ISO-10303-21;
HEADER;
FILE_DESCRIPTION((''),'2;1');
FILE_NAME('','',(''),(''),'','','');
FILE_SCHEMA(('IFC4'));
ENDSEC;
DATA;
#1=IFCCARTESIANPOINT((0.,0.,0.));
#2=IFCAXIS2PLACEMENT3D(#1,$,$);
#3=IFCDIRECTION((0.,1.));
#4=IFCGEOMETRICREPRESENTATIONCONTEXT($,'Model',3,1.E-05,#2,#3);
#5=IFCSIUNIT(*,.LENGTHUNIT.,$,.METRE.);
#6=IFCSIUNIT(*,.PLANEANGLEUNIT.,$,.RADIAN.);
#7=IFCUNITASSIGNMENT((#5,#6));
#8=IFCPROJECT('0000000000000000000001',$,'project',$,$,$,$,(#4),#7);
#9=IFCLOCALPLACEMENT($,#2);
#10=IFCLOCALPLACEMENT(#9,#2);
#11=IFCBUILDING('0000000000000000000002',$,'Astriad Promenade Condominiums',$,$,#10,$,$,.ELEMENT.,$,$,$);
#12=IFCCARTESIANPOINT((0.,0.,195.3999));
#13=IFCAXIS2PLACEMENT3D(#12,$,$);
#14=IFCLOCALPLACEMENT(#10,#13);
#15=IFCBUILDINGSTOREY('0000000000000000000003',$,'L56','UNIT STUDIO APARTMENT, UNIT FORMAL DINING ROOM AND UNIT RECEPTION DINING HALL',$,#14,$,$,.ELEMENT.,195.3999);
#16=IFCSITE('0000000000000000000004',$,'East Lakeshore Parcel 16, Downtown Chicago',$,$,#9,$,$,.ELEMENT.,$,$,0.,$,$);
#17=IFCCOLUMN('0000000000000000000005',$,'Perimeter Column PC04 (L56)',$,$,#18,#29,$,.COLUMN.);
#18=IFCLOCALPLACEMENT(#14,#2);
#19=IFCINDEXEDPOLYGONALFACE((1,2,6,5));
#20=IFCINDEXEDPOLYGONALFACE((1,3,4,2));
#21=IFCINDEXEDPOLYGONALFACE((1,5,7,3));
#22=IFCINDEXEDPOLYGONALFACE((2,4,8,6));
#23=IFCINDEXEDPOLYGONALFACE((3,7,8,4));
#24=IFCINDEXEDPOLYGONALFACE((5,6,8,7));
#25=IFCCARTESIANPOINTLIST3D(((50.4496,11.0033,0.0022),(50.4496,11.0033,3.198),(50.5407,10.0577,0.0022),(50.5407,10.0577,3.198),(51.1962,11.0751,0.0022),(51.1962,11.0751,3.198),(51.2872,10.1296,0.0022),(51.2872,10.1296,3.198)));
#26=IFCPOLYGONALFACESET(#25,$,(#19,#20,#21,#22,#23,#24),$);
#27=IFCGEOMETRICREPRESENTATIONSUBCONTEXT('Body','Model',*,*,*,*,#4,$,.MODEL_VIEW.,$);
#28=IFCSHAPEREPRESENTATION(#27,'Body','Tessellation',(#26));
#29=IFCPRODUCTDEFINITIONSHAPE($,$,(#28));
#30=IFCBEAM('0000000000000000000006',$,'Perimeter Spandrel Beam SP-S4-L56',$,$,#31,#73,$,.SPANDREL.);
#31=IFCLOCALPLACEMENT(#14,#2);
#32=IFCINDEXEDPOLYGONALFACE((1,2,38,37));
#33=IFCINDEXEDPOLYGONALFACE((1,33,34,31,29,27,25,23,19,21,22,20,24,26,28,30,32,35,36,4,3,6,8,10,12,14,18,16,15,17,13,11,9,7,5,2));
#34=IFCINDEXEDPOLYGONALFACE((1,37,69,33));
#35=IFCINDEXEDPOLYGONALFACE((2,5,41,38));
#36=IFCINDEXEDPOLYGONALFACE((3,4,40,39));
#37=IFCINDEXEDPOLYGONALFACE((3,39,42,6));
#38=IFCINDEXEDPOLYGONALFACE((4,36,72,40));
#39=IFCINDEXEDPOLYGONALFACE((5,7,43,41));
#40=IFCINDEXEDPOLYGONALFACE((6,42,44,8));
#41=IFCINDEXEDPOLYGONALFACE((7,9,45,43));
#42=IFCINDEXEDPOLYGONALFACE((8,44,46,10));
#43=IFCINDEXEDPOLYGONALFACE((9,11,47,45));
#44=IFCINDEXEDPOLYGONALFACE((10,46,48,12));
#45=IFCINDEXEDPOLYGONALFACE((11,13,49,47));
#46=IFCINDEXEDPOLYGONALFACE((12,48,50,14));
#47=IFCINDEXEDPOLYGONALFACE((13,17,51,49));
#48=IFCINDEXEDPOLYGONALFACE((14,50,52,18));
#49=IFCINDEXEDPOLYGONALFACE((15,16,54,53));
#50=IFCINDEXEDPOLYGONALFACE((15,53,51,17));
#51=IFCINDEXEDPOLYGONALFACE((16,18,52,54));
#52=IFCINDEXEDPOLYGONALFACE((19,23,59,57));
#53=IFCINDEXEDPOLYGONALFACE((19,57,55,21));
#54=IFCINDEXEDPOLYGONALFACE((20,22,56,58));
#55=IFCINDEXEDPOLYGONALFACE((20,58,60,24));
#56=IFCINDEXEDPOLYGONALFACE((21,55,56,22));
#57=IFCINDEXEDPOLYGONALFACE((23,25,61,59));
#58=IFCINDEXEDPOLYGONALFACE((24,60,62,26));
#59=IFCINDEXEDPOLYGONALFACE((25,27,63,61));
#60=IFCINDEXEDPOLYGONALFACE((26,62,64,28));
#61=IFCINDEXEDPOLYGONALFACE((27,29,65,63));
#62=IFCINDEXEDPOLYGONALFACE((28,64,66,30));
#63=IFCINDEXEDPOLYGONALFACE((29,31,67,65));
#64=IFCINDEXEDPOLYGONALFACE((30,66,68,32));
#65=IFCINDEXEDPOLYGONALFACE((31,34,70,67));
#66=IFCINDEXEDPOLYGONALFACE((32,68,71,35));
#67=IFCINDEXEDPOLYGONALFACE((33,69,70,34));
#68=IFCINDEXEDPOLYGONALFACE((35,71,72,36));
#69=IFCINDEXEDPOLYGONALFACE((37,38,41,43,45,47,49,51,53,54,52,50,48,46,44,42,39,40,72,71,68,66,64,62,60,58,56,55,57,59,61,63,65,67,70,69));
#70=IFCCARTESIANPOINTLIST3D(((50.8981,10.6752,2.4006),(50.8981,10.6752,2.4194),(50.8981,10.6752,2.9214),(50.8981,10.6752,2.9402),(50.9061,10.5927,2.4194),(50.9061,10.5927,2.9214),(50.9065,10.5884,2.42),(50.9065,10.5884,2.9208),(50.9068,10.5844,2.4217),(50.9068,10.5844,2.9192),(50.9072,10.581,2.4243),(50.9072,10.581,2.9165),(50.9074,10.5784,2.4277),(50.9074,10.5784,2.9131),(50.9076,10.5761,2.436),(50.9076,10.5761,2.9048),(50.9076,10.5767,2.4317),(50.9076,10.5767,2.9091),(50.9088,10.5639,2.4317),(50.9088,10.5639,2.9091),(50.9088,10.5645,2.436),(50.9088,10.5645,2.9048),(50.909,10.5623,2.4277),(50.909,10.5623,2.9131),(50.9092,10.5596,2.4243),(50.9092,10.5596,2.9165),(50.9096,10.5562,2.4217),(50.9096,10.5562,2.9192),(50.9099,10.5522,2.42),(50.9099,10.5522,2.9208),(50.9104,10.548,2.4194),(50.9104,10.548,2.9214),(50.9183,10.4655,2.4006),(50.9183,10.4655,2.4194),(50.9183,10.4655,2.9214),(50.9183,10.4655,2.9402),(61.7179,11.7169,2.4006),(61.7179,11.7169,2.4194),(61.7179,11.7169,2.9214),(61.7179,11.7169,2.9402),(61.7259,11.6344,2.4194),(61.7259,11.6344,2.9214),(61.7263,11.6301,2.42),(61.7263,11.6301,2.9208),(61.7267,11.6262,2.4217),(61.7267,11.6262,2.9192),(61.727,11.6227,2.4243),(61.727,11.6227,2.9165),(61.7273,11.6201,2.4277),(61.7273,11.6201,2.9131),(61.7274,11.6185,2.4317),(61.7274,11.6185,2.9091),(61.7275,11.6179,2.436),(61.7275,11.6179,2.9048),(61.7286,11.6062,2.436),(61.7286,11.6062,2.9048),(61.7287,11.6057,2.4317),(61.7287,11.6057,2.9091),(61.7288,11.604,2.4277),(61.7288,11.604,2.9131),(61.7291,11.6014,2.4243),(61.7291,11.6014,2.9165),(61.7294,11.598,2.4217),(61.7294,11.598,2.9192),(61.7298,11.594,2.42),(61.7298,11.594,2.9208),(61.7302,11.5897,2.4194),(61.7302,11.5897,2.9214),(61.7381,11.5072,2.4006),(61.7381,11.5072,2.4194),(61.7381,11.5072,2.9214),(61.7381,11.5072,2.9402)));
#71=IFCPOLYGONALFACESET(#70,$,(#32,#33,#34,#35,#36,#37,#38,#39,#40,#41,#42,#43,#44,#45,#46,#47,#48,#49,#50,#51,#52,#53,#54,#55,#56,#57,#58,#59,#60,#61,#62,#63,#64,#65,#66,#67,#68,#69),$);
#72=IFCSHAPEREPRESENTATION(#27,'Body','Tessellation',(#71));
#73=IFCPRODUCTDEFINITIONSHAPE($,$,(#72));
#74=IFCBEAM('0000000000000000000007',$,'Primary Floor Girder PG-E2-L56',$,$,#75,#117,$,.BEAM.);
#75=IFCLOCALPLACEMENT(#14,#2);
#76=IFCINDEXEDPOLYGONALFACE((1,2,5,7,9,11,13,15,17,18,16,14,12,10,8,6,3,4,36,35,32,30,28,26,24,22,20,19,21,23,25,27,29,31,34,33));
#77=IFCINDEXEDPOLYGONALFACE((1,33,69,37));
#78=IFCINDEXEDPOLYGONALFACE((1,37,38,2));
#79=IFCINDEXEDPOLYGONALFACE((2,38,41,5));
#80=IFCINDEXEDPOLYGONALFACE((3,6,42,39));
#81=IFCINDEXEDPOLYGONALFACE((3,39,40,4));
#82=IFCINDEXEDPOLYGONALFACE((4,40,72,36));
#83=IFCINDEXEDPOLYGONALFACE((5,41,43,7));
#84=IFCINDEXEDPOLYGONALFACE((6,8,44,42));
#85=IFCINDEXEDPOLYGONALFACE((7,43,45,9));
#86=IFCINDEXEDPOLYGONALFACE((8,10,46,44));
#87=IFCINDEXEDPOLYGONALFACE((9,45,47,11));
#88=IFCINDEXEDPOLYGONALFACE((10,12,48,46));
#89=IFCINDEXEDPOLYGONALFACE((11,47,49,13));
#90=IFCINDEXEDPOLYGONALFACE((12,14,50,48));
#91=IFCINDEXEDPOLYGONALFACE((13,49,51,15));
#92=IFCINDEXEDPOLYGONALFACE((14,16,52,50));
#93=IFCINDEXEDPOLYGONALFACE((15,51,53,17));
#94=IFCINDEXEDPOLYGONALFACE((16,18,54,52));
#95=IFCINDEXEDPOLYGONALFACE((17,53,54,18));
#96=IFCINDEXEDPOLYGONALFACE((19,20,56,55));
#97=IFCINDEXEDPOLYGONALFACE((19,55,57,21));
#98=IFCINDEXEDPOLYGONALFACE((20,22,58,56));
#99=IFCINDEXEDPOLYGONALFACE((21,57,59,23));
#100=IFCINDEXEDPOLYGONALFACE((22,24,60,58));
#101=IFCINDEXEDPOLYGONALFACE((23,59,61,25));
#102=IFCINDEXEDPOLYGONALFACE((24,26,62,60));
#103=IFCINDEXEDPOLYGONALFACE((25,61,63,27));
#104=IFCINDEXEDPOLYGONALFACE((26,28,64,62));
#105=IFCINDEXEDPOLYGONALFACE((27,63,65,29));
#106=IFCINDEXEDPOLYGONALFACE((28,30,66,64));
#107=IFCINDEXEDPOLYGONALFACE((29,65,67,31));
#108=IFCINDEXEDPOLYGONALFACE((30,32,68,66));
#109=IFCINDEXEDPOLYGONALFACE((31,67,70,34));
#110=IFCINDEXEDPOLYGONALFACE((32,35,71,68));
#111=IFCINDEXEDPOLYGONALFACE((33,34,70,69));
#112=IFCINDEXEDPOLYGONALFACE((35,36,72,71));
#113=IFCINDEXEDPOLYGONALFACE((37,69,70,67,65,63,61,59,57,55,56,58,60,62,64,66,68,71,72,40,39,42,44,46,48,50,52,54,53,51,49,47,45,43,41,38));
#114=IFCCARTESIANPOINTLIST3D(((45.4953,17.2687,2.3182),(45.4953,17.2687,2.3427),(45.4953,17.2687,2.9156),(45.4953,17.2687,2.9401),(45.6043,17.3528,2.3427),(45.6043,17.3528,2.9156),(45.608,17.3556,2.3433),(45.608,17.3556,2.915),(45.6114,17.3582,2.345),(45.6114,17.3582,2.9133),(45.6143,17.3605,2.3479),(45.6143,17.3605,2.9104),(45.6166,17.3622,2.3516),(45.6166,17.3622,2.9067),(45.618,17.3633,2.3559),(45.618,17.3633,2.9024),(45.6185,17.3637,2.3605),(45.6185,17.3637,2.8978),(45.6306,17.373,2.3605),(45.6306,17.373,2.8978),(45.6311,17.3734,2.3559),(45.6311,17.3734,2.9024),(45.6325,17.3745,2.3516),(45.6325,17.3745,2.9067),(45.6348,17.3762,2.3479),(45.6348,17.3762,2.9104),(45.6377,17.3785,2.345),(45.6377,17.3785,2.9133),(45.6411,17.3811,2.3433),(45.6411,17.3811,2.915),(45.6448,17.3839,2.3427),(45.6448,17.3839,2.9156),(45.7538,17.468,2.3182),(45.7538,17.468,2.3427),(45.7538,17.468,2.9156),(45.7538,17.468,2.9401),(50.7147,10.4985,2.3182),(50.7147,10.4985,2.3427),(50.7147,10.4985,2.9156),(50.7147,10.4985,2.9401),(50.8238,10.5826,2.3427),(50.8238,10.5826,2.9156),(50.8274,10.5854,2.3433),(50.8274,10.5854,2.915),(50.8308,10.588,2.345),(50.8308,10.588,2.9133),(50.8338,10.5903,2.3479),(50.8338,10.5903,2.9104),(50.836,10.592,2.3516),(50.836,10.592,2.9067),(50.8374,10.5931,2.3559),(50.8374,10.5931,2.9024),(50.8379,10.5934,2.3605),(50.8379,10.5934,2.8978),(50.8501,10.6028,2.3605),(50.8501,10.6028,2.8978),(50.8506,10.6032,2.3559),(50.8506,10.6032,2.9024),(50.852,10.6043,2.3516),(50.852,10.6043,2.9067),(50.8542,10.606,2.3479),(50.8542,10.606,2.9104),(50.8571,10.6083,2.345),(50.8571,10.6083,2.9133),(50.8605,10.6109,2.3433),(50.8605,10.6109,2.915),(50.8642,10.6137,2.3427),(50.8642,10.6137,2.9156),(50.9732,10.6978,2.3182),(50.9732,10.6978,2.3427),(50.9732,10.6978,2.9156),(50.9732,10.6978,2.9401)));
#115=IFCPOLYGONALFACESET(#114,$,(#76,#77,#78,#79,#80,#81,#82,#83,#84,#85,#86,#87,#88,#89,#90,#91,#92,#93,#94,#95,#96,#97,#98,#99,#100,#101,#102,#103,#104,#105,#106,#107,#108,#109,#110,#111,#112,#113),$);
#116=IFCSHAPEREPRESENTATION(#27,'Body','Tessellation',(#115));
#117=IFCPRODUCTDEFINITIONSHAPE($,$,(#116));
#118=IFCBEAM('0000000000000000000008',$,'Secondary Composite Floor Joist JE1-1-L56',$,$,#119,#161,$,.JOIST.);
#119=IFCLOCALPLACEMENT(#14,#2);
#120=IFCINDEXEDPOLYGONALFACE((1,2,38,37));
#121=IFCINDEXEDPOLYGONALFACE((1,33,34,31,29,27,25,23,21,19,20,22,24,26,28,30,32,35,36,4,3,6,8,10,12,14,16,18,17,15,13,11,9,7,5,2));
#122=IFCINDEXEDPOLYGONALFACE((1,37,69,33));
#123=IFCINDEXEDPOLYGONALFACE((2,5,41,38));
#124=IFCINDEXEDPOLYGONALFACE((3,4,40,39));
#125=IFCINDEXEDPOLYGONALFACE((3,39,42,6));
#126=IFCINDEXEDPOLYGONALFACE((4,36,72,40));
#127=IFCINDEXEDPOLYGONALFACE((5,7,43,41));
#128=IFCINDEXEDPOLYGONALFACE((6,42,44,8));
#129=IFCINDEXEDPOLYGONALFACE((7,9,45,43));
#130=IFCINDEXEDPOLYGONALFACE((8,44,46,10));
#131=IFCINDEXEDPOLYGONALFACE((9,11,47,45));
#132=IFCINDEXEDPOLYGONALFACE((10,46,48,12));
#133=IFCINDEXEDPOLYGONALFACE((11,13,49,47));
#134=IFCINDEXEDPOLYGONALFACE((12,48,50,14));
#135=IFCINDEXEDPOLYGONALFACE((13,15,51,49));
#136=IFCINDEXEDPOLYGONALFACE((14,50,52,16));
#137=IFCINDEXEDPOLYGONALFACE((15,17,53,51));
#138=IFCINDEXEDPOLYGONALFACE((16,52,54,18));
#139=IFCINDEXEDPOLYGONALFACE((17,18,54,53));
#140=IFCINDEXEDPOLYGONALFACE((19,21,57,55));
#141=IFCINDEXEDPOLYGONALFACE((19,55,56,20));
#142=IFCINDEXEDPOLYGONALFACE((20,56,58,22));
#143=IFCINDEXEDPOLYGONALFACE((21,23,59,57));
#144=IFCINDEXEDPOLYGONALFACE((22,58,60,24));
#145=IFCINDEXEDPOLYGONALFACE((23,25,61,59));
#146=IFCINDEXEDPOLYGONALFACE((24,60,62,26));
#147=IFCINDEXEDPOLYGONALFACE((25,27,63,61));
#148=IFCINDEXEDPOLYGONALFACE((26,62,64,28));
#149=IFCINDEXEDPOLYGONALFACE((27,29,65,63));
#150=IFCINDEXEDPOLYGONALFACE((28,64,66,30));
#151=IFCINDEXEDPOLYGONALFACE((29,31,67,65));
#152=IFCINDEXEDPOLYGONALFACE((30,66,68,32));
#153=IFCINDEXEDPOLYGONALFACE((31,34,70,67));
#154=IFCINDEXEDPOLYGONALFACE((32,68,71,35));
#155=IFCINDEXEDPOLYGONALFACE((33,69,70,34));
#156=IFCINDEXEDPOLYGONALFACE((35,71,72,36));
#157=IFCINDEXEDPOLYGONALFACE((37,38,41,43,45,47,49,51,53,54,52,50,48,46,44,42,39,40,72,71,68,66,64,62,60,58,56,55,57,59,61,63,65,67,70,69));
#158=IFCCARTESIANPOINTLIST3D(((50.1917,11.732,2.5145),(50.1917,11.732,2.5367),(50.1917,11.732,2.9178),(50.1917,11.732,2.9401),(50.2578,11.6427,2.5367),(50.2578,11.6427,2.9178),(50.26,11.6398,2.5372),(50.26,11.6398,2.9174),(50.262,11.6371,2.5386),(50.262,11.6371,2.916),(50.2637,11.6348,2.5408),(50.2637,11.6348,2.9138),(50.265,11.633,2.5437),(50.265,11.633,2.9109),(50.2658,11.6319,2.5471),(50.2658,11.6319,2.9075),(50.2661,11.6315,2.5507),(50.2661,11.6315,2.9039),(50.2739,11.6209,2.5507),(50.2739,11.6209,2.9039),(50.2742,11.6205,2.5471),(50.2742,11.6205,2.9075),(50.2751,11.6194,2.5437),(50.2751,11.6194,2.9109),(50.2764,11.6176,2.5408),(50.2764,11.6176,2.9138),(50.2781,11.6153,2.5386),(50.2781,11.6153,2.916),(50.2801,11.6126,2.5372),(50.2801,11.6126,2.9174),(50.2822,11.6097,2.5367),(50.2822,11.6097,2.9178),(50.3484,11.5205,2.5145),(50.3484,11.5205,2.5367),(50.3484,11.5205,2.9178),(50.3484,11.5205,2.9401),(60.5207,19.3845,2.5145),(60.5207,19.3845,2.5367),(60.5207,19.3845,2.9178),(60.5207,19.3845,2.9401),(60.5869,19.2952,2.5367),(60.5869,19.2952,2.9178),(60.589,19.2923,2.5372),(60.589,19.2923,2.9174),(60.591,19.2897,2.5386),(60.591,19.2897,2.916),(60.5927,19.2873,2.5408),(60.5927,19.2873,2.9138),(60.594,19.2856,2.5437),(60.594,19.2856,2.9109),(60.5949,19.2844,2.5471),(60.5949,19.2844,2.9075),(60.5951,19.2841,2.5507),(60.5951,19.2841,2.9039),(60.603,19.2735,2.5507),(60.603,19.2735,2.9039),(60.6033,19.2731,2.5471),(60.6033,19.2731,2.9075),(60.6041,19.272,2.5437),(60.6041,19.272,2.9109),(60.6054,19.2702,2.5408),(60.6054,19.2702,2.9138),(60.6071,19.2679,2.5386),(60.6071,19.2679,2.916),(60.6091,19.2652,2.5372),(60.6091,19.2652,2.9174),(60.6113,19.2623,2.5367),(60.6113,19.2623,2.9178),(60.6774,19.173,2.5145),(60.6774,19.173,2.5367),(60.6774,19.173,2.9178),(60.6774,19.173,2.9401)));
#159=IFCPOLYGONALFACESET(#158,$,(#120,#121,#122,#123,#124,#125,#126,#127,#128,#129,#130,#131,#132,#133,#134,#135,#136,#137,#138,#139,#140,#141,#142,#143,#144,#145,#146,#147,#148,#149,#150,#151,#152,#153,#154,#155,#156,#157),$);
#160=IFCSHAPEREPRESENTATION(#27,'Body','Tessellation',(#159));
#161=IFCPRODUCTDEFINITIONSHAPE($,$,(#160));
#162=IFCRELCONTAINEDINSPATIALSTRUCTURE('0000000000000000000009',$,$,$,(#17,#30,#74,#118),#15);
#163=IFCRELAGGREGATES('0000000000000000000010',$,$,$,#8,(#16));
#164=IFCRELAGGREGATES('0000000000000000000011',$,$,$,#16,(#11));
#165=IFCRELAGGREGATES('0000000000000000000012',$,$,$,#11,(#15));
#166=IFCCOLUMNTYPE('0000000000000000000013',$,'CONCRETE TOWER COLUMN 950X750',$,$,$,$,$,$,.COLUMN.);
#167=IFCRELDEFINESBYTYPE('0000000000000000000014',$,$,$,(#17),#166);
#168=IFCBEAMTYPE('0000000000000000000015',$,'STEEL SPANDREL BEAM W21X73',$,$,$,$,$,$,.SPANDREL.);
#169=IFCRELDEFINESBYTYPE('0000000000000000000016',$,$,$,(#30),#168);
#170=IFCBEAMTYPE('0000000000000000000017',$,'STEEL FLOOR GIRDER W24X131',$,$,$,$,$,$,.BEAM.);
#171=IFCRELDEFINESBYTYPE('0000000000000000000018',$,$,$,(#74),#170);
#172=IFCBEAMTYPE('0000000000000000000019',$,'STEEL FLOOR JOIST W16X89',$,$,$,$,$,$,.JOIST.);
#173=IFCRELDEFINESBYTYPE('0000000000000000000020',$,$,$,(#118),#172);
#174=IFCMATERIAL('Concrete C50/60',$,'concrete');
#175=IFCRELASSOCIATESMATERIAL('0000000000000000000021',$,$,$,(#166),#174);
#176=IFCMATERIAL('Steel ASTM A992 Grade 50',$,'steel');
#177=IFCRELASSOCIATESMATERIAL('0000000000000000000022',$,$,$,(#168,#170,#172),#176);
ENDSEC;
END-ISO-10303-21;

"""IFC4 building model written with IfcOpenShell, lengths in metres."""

from ifc_helpers import new_model, si_unit, direction, frame, origin, origin_2d, place, context, subcontext, project, spatial, rectangle, i_section, extrude, source, transform, mapped, material, material_profile, profile_set, type_object, type_shapes, element, save


model = new_model("IFC4")

# Units and contexts
model_context = context("Model", 3, precision=1e-05, world=origin(), true_north=direction((0.0, 1.0)))
body_context = subcontext(model_context, "Body", "Model", "MODEL_VIEW")
ifc_project = project(units=[si_unit("LENGTHUNIT", "METRE"), si_unit("PLANEANGLEUNIT", "RADIAN")], contexts=[model_context])

# Site, building, storey
site_placement = place(None, origin())
site = spatial("IfcSite", under=ifc_project, at=site_placement, Name="East Lakeshore Parcel 16, Downtown Chicago", CompositionType="ELEMENT", RefElevation=0.0)
building_placement = place(site_placement, origin())
building = spatial("IfcBuilding", under=site, at=building_placement, Name="Astriad Promenade Condominiums", CompositionType="ELEMENT")
storey_placement = place(building_placement, frame((0.0, 0.0, 195.3999)))
storey = spatial("IfcBuildingStorey", under=building, at=storey_placement, Name="L56", Description="UNIT STUDIO APARTMENT, UNIT FORMAL DINING ROOM AND UNIT RECEPTION DINING HALL", CompositionType="ELEMENT", Elevation=195.3999)

# Column
ifc_material_1 = material(Name="Concrete C50/60", Category="concrete")
ifc_material_profile_1 = material_profile(ifc_material_1, rectangle(XDim=0.75, YDim=0.95, at=origin_2d()), Name="RC-COL-950X750")
ifc_profile_set_1 = profile_set([ifc_material_profile_1], Name="Concrete C50/60")
column_type = type_object("IfcColumnType", Name="CONCRETE TOWER COLUMN 950X750", PredefinedType="COLUMN", material=ifc_profile_set_1)
shared_shape_1 = source(origin(), body_context, "Body", "SweptSolid", [
    extrude(rectangle(XDim=0.75, YDim=0.95, at=origin_2d()), origin(), (0.0, 0.0, 1.0), 3.1958),
])
type_shapes(column_type, [shared_shape_1])
column_placement = place(storey_placement, frame((50.8684, 10.5664, 0.0022), z_axis=(0.0, 0.0, 1.0), x_axis=(0.995396, 0.095846, 0.0)))
element("IfcColumn", 1, at=column_placement, inside=storey, type_object=column_type, Name="Perimeter Column PC04 (L56)", PredefinedType="COLUMN", context=body_context, shape_type="MappedRepresentation", body=[
    mapped(shared_shape_1, transform((0.0, 0.0, 0.0), scale=1.0)),
])

# Beams
ifc_material_2 = material(Name="Steel ASTM A992 Grade 50", Category="steel")
ifc_material_profile_2 = material_profile(ifc_material_2, i_section(OverallWidth=0.2107, OverallDepth=0.5396, WebThickness=0.0117, FlangeThickness=0.0188, FilletRadius=0.0166, at=origin_2d()), Name="W21X73")
ifc_profile_set_2 = profile_set([ifc_material_profile_2], Name="Steel ASTM A992 Grade 50")
beam_type_1 = type_object("IfcBeamType", Name="STEEL SPANDREL BEAM W21X73", PredefinedType="SPANDREL", material=ifc_profile_set_2)
shared_shape_2 = source(origin(), body_context, "Body", "SweptSolid", [
    extrude(i_section(OverallWidth=0.2107, OverallDepth=0.5396, WebThickness=0.0117, FlangeThickness=0.0188, FilletRadius=0.0166, at=origin_2d()), origin(), (0.0, 0.0, 1.0), 10.8699),
])
type_shapes(beam_type_1, [shared_shape_2])
beam_1_placement = place(storey_placement, frame((50.9082, 10.5703, 2.6704), z_axis=(0.995397, 0.095838, 0.0), x_axis=(-0.095838, 0.995397, 0.0)))
element("IfcBeam", 2, at=beam_1_placement, inside=storey, type_object=beam_type_1, Name="Perimeter Spandrel Beam SP-S4-L56", PredefinedType="SPANDREL", context=body_context, shape_type="MappedRepresentation", body=[
    mapped(shared_shape_2, transform((0.0, 0.0, 0.0), scale=1.0)),
])
ifc_material_profile_3 = material_profile(ifc_material_2, i_section(OverallWidth=0.3264, OverallDepth=0.6218, WebThickness=0.0154, FlangeThickness=0.0244, FilletRadius=0.0178, at=origin_2d()), Name="W24X131")
ifc_profile_set_3 = profile_set([ifc_material_profile_3], Name="Steel ASTM A992 Grade 50")
beam_type_2 = type_object("IfcBeamType", Name="STEEL FLOOR GIRDER W24X131", PredefinedType="BEAM", material=ifc_profile_set_3)
shared_shape_3 = source(origin(), body_context, "Body", "SweptSolid", [
    extrude(i_section(OverallWidth=0.3264, OverallDepth=0.6218, WebThickness=0.0154, FlangeThickness=0.0244, FilletRadius=0.0178, at=origin_2d()), origin(), (0.0, 0.0, 1.0), 8.5486),
])
type_shapes(beam_type_2, [shared_shape_3])
beam_2_placement = place(storey_placement, frame((50.844, 10.5981, 2.6292), z_axis=(-0.610562, 0.791968, 0.0), x_axis=(-0.791968, -0.610562, 0.0)))
element("IfcBeam", 3, at=beam_2_placement, inside=storey, type_object=beam_type_2, Name="Primary Floor Girder PG-E2-L56", PredefinedType="BEAM", context=body_context, shape_type="MappedRepresentation", body=[
    mapped(shared_shape_3, transform((0.0, 0.0, 0.0), scale=1.0)),
])
ifc_material_profile_4 = material_profile(ifc_material_2, i_section(OverallWidth=0.2632, OverallDepth=0.4255, WebThickness=0.0132, FlangeThickness=0.0222, FilletRadius=0.0139, at=origin_2d()), Name="W16X89")
ifc_profile_set_4 = profile_set([ifc_material_profile_4], Name="Steel ASTM A992 Grade 50")
beam_type_3 = type_object("IfcBeamType", Name="STEEL FLOOR JOIST W16X89", PredefinedType="JOIST", material=ifc_profile_set_4)
shared_shape_4 = source(origin(), body_context, "Body", "SweptSolid", [
    extrude(i_section(OverallWidth=0.2632, OverallDepth=0.4255, WebThickness=0.0132, FlangeThickness=0.0222, FilletRadius=0.0139, at=origin_2d()), origin(), (0.0, 0.0, 1.0), 12.855),
])
beam_3_placement = place(storey_placement, frame((50.27, 11.6262, 2.7273), z_axis=(0.803505, 0.595298, 0.0), x_axis=(-0.595298, 0.803505, 0.0)))
element("IfcBeam", 4, at=beam_3_placement, inside=storey, type_object=beam_type_3, Name="Secondary Composite Floor Joist JE1-1-L56", PredefinedType="JOIST", context=body_context, shape_type="MappedRepresentation", body=[
    mapped(shared_shape_4, transform((0.0, 0.0, 0.0), scale=1.0)),
])

save(model, "model.ifc")
